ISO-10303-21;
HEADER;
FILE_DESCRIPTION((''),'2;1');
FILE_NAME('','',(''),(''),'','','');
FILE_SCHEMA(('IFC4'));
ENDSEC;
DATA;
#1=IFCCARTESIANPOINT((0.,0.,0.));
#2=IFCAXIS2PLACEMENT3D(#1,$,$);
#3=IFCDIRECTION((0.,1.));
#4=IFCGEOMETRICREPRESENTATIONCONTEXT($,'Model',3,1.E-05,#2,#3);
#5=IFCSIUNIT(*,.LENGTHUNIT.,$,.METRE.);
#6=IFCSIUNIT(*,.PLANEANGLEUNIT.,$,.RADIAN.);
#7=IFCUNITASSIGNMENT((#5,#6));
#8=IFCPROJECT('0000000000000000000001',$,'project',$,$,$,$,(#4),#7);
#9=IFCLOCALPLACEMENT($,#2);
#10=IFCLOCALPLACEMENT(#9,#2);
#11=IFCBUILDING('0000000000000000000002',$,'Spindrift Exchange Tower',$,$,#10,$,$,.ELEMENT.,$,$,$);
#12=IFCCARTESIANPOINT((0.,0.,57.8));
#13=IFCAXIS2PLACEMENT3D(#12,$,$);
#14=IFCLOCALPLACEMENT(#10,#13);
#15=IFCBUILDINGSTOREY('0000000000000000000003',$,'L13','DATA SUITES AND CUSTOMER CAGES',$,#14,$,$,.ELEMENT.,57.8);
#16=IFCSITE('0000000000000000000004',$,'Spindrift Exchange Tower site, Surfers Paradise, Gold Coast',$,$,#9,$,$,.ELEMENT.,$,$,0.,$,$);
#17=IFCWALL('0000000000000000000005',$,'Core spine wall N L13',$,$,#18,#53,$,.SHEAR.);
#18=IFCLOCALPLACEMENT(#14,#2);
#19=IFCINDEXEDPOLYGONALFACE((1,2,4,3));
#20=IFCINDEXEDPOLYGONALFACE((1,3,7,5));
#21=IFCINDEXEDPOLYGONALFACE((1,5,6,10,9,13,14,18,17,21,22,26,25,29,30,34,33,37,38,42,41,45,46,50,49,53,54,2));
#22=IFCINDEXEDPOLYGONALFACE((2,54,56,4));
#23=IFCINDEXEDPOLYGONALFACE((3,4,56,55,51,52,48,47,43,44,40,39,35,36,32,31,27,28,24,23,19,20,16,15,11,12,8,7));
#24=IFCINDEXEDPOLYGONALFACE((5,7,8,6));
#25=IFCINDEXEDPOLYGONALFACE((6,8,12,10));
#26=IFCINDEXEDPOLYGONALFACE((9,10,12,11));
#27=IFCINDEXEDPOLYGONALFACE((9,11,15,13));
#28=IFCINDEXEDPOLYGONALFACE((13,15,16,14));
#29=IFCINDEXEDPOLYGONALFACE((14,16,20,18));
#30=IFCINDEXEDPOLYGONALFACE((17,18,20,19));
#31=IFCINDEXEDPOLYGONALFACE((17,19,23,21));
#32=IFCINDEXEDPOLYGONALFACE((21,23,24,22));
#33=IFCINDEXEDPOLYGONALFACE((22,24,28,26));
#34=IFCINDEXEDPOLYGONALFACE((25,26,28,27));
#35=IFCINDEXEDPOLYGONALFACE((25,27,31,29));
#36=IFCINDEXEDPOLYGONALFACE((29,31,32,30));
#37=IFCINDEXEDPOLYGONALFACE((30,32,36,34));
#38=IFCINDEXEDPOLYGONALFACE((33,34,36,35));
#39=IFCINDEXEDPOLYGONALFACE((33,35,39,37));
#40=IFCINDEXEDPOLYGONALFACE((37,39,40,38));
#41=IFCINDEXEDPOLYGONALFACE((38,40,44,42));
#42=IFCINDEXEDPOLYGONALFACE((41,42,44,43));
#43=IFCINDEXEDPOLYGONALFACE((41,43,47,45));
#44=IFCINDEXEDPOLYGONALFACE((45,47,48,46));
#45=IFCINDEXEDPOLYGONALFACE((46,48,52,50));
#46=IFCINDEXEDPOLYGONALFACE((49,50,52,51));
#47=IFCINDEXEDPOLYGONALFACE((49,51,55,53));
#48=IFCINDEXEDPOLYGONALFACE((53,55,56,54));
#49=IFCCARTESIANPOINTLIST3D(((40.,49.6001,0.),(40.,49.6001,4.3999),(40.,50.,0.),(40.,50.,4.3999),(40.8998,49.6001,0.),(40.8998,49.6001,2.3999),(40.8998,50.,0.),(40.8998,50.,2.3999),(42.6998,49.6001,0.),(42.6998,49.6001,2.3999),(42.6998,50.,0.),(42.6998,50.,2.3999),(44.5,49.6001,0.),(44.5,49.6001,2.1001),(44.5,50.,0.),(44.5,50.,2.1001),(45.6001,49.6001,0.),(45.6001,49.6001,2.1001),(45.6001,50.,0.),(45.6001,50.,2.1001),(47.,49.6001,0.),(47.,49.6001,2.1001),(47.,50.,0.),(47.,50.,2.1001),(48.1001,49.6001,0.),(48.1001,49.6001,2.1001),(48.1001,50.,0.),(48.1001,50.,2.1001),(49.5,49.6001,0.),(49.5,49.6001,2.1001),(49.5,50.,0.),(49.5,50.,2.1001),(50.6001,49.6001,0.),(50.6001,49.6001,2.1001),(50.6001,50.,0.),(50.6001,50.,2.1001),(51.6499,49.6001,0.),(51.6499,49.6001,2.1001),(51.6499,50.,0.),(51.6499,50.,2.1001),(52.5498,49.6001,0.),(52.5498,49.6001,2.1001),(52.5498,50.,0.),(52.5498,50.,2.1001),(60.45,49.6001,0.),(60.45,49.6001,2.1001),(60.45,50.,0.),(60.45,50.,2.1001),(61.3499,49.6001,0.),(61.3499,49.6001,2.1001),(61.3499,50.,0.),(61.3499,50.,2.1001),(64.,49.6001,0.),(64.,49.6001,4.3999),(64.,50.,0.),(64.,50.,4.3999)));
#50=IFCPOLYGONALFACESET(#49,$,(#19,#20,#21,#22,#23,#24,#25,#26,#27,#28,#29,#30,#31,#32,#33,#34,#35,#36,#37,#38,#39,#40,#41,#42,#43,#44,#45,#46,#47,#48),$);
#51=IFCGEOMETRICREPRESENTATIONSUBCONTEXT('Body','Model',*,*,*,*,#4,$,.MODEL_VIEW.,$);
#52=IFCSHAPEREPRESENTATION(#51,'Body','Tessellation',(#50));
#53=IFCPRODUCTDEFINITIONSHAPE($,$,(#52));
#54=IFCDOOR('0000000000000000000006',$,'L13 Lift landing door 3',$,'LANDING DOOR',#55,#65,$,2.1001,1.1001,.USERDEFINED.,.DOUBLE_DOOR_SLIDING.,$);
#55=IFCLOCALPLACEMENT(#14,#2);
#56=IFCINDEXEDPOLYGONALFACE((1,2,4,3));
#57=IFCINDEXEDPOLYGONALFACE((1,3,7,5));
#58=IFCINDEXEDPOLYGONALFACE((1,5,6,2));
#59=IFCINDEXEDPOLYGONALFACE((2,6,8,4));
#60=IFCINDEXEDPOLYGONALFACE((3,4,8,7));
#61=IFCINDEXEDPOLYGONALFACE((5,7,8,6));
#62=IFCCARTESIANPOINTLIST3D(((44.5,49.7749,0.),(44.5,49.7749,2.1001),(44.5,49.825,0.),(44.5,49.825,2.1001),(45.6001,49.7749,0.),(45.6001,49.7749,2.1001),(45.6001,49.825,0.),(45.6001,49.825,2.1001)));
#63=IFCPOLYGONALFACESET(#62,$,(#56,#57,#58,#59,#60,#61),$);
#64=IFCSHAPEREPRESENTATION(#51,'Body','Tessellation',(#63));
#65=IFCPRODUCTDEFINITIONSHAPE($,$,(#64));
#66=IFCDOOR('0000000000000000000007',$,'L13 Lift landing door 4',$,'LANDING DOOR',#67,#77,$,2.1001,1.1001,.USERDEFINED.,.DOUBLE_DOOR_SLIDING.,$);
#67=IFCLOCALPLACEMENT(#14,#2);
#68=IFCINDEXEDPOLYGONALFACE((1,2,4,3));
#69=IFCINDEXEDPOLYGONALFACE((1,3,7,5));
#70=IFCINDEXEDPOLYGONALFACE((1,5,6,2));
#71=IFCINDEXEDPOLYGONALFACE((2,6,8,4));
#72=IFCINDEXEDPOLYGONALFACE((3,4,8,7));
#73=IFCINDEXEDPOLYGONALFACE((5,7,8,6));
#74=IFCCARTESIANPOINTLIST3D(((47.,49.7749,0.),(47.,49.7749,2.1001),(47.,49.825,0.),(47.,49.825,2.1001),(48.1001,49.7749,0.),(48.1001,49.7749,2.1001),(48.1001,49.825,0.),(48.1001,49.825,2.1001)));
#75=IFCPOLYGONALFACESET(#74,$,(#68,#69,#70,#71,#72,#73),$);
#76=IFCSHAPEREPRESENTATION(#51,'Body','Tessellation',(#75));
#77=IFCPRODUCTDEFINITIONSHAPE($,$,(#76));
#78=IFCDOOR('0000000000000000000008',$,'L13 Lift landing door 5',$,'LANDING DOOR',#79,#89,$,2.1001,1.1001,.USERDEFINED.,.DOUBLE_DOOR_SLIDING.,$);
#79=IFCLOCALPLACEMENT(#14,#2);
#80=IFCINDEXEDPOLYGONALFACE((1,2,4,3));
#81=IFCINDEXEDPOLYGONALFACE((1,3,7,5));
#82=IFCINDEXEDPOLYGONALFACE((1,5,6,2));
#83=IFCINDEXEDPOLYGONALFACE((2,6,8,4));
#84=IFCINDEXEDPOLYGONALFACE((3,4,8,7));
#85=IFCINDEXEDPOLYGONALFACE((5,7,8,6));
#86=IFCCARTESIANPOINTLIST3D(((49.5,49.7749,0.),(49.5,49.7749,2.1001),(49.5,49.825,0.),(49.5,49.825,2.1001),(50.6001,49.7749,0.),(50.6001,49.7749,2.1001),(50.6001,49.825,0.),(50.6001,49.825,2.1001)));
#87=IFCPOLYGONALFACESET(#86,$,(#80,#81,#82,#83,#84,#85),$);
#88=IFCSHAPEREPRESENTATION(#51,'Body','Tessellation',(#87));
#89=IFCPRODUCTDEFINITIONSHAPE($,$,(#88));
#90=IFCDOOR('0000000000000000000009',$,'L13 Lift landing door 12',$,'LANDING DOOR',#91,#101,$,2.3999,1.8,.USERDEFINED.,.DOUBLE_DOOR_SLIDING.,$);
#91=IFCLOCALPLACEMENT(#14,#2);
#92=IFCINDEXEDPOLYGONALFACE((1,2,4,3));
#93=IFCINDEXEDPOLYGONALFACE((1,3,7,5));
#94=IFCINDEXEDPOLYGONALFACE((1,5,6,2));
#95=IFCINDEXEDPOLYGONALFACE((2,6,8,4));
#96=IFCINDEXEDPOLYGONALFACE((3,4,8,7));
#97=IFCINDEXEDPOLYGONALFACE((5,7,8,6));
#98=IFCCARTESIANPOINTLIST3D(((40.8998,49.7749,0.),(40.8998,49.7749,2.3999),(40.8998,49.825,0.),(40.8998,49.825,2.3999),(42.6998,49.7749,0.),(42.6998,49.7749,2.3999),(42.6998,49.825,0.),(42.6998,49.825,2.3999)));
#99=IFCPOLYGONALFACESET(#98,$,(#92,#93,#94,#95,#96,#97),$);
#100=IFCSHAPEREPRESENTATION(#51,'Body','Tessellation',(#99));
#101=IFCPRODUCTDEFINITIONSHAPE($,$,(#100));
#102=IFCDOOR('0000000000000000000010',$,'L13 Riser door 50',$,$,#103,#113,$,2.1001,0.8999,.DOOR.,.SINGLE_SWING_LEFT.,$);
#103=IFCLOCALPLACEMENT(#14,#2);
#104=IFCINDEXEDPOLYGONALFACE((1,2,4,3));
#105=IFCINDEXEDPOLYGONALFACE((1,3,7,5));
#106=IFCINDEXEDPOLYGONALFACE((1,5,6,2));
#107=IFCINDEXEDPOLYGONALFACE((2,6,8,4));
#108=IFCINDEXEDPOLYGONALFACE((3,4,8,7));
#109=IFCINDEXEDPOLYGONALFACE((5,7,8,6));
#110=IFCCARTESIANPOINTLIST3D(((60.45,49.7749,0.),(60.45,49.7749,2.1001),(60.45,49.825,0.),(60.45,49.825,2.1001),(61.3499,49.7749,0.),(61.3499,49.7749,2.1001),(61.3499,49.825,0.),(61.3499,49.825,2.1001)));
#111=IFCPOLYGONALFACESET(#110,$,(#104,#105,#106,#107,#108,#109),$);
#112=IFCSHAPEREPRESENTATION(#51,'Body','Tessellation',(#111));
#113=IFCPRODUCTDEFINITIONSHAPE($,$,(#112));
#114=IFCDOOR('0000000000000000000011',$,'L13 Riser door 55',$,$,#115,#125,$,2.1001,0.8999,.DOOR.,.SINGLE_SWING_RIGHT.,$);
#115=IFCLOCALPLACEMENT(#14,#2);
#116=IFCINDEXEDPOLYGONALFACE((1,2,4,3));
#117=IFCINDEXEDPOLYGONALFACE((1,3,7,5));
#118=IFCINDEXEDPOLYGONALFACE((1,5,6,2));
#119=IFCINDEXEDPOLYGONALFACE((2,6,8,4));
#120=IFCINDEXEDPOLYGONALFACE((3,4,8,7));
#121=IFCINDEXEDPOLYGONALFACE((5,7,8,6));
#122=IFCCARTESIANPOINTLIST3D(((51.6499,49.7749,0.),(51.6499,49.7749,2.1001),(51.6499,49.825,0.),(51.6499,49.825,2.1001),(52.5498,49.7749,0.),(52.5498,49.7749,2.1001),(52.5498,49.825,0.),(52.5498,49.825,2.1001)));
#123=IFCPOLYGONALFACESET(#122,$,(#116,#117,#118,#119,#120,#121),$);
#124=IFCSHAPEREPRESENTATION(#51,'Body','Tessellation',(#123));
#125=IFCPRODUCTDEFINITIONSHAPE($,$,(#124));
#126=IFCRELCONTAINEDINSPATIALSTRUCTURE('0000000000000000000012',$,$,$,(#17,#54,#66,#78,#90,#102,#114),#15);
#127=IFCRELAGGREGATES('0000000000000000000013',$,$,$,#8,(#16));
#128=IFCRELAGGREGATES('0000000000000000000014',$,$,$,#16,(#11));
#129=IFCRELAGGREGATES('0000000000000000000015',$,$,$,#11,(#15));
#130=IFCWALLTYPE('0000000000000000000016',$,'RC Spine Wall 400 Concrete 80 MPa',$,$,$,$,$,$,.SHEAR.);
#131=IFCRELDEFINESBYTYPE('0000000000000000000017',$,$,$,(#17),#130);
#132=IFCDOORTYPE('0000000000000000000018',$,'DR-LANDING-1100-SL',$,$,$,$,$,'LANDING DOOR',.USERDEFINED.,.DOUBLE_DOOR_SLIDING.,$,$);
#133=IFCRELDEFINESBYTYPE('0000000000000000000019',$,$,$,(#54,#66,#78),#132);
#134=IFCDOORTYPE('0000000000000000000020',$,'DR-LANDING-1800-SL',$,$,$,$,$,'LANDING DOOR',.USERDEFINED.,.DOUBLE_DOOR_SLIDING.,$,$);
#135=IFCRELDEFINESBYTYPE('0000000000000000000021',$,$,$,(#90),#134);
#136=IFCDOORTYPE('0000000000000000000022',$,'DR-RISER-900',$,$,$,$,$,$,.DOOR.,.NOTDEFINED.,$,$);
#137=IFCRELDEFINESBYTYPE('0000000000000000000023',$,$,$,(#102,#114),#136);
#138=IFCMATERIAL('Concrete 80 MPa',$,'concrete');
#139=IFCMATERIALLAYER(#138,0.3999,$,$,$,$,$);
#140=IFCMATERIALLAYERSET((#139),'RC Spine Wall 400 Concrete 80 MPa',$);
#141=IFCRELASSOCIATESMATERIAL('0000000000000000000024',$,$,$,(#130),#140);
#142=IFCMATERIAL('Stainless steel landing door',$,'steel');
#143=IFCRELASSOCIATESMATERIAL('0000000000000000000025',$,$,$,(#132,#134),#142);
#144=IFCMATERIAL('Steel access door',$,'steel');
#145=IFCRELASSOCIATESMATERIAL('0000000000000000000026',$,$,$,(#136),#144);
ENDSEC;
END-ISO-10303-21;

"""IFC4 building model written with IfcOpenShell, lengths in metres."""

from ifc_helpers import new_model, si_unit, direction, frame, frame_2d, origin, place, context, subcontext, project, spatial, rectangle, extrude, source, transform, mapped, material, layer, layer_set, type_object, element, fill, save


model = new_model("IFC4")

# Units and contexts
model_context = context("Model", 3, precision=1e-05, world=origin(), true_north=direction((0.0, 1.0)))
body_context = subcontext(model_context, "Body", "Model", "MODEL_VIEW")
ifc_project = project(units=[si_unit("LENGTHUNIT", "METRE"), si_unit("PLANEANGLEUNIT", "RADIAN")], contexts=[model_context])

# Site, building, storey
site_placement = place(None, origin())
site = spatial("IfcSite", under=ifc_project, at=site_placement, Name="Spindrift Exchange Tower site, Surfers Paradise, Gold Coast", CompositionType="ELEMENT", RefElevation=0.0)
building_placement = place(site_placement, origin())
building = spatial("IfcBuilding", under=site, at=building_placement, Name="Spindrift Exchange Tower", CompositionType="ELEMENT")
storey_placement = place(building_placement, frame((0.0, 0.0, 57.8)))
storey = spatial("IfcBuildingStorey", under=building, at=storey_placement, Name="L13", Description="DATA SUITES AND CUSTOMER CAGES", CompositionType="ELEMENT", Elevation=57.8)

# Wall, openings, doors
ifc_material_1 = material(Name="Concrete 80 MPa", Category="concrete")
ifc_layer_1 = layer(ifc_material_1, 0.3999)
ifc_layer_set_1 = layer_set([ifc_layer_1], Name="RC Spine Wall 400 Concrete 80 MPa")
wall_type_1 = type_object("IfcWallType", Name="RC Spine Wall 400 Concrete 80 MPa", PredefinedType="SHEAR", material=ifc_layer_set_1)
wall_1_placement = place(storey_placement, frame((40.0, 49.8, 0.0), z_axis=(0.0, 0.0, 1.0), x_axis=(1.0, 0.0, 0.0)))
wall_1 = element("IfcWall", 1, at=wall_1_placement, inside=storey, type_object=wall_type_1, Name="Core spine wall N L13", PredefinedType="SHEAR", context=body_context, shape_type="SweptSolid", body=[
    extrude(rectangle(XDim=24.0, YDim=0.3999, at=frame_2d((12.0, 0.0))), origin(), (0.0, 0.0, 1.0), 4.3999),
])
opening_1_placement = place(wall_1_placement, frame((4.5, 0.0, 0.0)))
opening_1 = element("IfcOpeningElement", 2, at=opening_1_placement, cuts=wall_1, PredefinedType="OPENING", context=body_context, shape_type="SweptSolid", body=[
    extrude(rectangle(XDim=1.1001, YDim=2.1001, at=frame_2d((0.55, 1.05))), frame((0.0, 0.21, 0.0), z_axis=(0.0, -1.0, 0.0), x_axis=(1.0, 0.0, 0.0)), (0.0, 0.0, 1.0), 0.4199),
])
opening_2_placement = place(wall_1_placement, frame((7.0, 0.0, 0.0)))
opening_2 = element("IfcOpeningElement", 3, at=opening_2_placement, cuts=wall_1, PredefinedType="OPENING", context=body_context, shape_type="SweptSolid", body=[
    extrude(rectangle(XDim=1.1001, YDim=2.1001, at=frame_2d((0.55, 1.05))), frame((0.0, 0.21, 0.0), z_axis=(0.0, -1.0, 0.0), x_axis=(1.0, 0.0, 0.0)), (0.0, 0.0, 1.0), 0.4199),
])
opening_3_placement = place(wall_1_placement, frame((9.5, 0.0, 0.0)))
opening_3 = element("IfcOpeningElement", 4, at=opening_3_placement, cuts=wall_1, PredefinedType="OPENING", context=body_context, shape_type="SweptSolid", body=[
    extrude(rectangle(XDim=1.1001, YDim=2.1001, at=frame_2d((0.55, 1.05))), frame((0.0, 0.21, 0.0), z_axis=(0.0, -1.0, 0.0), x_axis=(1.0, 0.0, 0.0)), (0.0, 0.0, 1.0), 0.4199),
])
opening_4_placement = place(wall_1_placement, frame((0.8999, 0.0, 0.0)))
opening_4 = element("IfcOpeningElement", 5, at=opening_4_placement, cuts=wall_1, PredefinedType="OPENING", context=body_context, shape_type="SweptSolid", body=[
    extrude(rectangle(XDim=1.8, YDim=2.3999, at=frame_2d((0.8999, 1.2))), frame((0.0, 0.21, 0.0), z_axis=(0.0, -1.0, 0.0), x_axis=(1.0, 0.0, 0.0)), (0.0, 0.0, 1.0), 0.4199),
])
opening_5_placement = place(wall_1_placement, frame((20.45, 0.0, 0.0)))
opening_5 = element("IfcOpeningElement", 6, at=opening_5_placement, cuts=wall_1, PredefinedType="OPENING", context=body_context, shape_type="SweptSolid", body=[
    extrude(rectangle(XDim=0.8999, YDim=2.1001, at=frame_2d((0.45, 1.05))), frame((0.0, 0.21, 0.0), z_axis=(0.0, -1.0, 0.0), x_axis=(1.0, 0.0, 0.0)), (0.0, 0.0, 1.0), 0.4199),
])
opening_6_placement = place(wall_1_placement, frame((11.6499, 0.0, 0.0)))
opening_6 = element("IfcOpeningElement", 7, at=opening_6_placement, cuts=wall_1, PredefinedType="OPENING", context=body_context, shape_type="SweptSolid", body=[
    extrude(rectangle(XDim=0.8999, YDim=2.1001, at=frame_2d((0.45, 1.05))), frame((0.0, 0.21, 0.0), z_axis=(0.0, -1.0, 0.0), x_axis=(1.0, 0.0, 0.0)), (0.0, 0.0, 1.0), 0.4199),
])
ifc_material_2 = material(Name="Stainless steel landing door", Category="steel")
door_type_1 = type_object("IfcDoorType", Name="DR-LANDING-1100-SL", ElementType="LANDING DOOR", OperationType="DOUBLE_DOOR_SLIDING", PredefinedType="USERDEFINED", material=ifc_material_2)
shared_shape_1 = source(origin(), body_context, "Body", "SweptSolid", [
    extrude(rectangle(XDim=1.1001, YDim=2.1001, at=frame_2d((0.55, 1.05))), frame((0.0, 0.0249, 0.0), z_axis=(0.0, -1.0, 0.0), x_axis=(1.0, 0.0, 0.0)), (0.0, 0.0, 1.0), 0.05),
])
door_1_placement = place(opening_1_placement, origin())
door_1 = element("IfcDoor", 8, at=door_1_placement, inside=storey, type_object=door_type_1, Name="L13 Lift landing door 3", ObjectType="LANDING DOOR", OperationType="DOUBLE_DOOR_SLIDING", OverallHeight=2.1001, OverallWidth=1.1001, PredefinedType="USERDEFINED", context=body_context, shape_type="MappedRepresentation", body=[
    mapped(shared_shape_1, transform((0.0, 0.0, 0.0), scale=1.0)),
])
fill(opening_1, door_1)
door_2_placement = place(opening_2_placement, origin())
door_2 = element("IfcDoor", 9, at=door_2_placement, inside=storey, type_object=door_type_1, Name="L13 Lift landing door 4", ObjectType="LANDING DOOR", OperationType="DOUBLE_DOOR_SLIDING", OverallHeight=2.1001, OverallWidth=1.1001, PredefinedType="USERDEFINED", context=body_context, shape_type="MappedRepresentation", body=[
    mapped(shared_shape_1, transform((0.0, 0.0, 0.0), scale=1.0)),
])
fill(opening_2, door_2)
door_3_placement = place(opening_3_placement, origin())
door_3 = element("IfcDoor", 10, at=door_3_placement, inside=storey, type_object=door_type_1, Name="L13 Lift landing door 5", ObjectType="LANDING DOOR", OperationType="DOUBLE_DOOR_SLIDING", OverallHeight=2.1001, OverallWidth=1.1001, PredefinedType="USERDEFINED", context=body_context, shape_type="MappedRepresentation", body=[
    mapped(shared_shape_1, transform((0.0, 0.0, 0.0), scale=1.0)),
])
fill(opening_3, door_3)
door_type_2 = type_object("IfcDoorType", Name="DR-LANDING-1800-SL", ElementType="LANDING DOOR", OperationType="DOUBLE_DOOR_SLIDING", PredefinedType="USERDEFINED", material=ifc_material_2)
shared_shape_2 = source(origin(), body_context, "Body", "SweptSolid", [
    extrude(rectangle(XDim=1.8, YDim=2.3999, at=frame_2d((0.8999, 1.2))), frame((0.0, 0.0249, 0.0), z_axis=(0.0, -1.0, 0.0), x_axis=(1.0, 0.0, 0.0)), (0.0, 0.0, 1.0), 0.05),
])
door_4_placement = place(opening_4_placement, origin())
door_4 = element("IfcDoor", 11, at=door_4_placement, inside=storey, type_object=door_type_2, Name="L13 Lift landing door 12", ObjectType="LANDING DOOR", OperationType="DOUBLE_DOOR_SLIDING", OverallHeight=2.3999, OverallWidth=1.8, PredefinedType="USERDEFINED", context=body_context, shape_type="MappedRepresentation", body=[
    mapped(shared_shape_2, transform((0.0, 0.0, 0.0), scale=1.0)),
])
fill(opening_4, door_4)
ifc_material_3 = material(Name="Steel access door", Category="steel")
door_type_3 = type_object("IfcDoorType", Name="DR-RISER-900", OperationType="NOTDEFINED", PredefinedType="DOOR", material=ifc_material_3)
shared_shape_3 = source(origin(), body_context, "Body", "SweptSolid", [
    extrude(rectangle(XDim=0.8999, YDim=2.1001, at=frame_2d((0.45, 1.05))), frame((0.0, 0.0249, 0.0), z_axis=(0.0, -1.0, 0.0), x_axis=(1.0, 0.0, 0.0)), (0.0, 0.0, 1.0), 0.05),
])
door_5_placement = place(opening_5_placement, origin())
door_5 = element("IfcDoor", 12, at=door_5_placement, inside=storey, type_object=door_type_3, Name="L13 Riser door 50", OperationType="SINGLE_SWING_LEFT", OverallHeight=2.1001, OverallWidth=0.8999, PredefinedType="DOOR", context=body_context, shape_type="MappedRepresentation", body=[
    mapped(shared_shape_3, transform((0.0, 0.0, 0.0), scale=1.0)),
])
fill(opening_5, door_5)
door_6_placement = place(opening_6_placement, origin())
door_6 = element("IfcDoor", 13, at=door_6_placement, inside=storey, type_object=door_type_3, Name="L13 Riser door 55", OperationType="SINGLE_SWING_RIGHT", OverallHeight=2.1001, OverallWidth=0.8999, PredefinedType="DOOR", context=body_context, shape_type="MappedRepresentation", body=[
    mapped(shared_shape_3, transform((0.0, 0.0, 0.0), scale=1.0)),
])
fill(opening_6, door_6)

save(model, "model.ifc")
